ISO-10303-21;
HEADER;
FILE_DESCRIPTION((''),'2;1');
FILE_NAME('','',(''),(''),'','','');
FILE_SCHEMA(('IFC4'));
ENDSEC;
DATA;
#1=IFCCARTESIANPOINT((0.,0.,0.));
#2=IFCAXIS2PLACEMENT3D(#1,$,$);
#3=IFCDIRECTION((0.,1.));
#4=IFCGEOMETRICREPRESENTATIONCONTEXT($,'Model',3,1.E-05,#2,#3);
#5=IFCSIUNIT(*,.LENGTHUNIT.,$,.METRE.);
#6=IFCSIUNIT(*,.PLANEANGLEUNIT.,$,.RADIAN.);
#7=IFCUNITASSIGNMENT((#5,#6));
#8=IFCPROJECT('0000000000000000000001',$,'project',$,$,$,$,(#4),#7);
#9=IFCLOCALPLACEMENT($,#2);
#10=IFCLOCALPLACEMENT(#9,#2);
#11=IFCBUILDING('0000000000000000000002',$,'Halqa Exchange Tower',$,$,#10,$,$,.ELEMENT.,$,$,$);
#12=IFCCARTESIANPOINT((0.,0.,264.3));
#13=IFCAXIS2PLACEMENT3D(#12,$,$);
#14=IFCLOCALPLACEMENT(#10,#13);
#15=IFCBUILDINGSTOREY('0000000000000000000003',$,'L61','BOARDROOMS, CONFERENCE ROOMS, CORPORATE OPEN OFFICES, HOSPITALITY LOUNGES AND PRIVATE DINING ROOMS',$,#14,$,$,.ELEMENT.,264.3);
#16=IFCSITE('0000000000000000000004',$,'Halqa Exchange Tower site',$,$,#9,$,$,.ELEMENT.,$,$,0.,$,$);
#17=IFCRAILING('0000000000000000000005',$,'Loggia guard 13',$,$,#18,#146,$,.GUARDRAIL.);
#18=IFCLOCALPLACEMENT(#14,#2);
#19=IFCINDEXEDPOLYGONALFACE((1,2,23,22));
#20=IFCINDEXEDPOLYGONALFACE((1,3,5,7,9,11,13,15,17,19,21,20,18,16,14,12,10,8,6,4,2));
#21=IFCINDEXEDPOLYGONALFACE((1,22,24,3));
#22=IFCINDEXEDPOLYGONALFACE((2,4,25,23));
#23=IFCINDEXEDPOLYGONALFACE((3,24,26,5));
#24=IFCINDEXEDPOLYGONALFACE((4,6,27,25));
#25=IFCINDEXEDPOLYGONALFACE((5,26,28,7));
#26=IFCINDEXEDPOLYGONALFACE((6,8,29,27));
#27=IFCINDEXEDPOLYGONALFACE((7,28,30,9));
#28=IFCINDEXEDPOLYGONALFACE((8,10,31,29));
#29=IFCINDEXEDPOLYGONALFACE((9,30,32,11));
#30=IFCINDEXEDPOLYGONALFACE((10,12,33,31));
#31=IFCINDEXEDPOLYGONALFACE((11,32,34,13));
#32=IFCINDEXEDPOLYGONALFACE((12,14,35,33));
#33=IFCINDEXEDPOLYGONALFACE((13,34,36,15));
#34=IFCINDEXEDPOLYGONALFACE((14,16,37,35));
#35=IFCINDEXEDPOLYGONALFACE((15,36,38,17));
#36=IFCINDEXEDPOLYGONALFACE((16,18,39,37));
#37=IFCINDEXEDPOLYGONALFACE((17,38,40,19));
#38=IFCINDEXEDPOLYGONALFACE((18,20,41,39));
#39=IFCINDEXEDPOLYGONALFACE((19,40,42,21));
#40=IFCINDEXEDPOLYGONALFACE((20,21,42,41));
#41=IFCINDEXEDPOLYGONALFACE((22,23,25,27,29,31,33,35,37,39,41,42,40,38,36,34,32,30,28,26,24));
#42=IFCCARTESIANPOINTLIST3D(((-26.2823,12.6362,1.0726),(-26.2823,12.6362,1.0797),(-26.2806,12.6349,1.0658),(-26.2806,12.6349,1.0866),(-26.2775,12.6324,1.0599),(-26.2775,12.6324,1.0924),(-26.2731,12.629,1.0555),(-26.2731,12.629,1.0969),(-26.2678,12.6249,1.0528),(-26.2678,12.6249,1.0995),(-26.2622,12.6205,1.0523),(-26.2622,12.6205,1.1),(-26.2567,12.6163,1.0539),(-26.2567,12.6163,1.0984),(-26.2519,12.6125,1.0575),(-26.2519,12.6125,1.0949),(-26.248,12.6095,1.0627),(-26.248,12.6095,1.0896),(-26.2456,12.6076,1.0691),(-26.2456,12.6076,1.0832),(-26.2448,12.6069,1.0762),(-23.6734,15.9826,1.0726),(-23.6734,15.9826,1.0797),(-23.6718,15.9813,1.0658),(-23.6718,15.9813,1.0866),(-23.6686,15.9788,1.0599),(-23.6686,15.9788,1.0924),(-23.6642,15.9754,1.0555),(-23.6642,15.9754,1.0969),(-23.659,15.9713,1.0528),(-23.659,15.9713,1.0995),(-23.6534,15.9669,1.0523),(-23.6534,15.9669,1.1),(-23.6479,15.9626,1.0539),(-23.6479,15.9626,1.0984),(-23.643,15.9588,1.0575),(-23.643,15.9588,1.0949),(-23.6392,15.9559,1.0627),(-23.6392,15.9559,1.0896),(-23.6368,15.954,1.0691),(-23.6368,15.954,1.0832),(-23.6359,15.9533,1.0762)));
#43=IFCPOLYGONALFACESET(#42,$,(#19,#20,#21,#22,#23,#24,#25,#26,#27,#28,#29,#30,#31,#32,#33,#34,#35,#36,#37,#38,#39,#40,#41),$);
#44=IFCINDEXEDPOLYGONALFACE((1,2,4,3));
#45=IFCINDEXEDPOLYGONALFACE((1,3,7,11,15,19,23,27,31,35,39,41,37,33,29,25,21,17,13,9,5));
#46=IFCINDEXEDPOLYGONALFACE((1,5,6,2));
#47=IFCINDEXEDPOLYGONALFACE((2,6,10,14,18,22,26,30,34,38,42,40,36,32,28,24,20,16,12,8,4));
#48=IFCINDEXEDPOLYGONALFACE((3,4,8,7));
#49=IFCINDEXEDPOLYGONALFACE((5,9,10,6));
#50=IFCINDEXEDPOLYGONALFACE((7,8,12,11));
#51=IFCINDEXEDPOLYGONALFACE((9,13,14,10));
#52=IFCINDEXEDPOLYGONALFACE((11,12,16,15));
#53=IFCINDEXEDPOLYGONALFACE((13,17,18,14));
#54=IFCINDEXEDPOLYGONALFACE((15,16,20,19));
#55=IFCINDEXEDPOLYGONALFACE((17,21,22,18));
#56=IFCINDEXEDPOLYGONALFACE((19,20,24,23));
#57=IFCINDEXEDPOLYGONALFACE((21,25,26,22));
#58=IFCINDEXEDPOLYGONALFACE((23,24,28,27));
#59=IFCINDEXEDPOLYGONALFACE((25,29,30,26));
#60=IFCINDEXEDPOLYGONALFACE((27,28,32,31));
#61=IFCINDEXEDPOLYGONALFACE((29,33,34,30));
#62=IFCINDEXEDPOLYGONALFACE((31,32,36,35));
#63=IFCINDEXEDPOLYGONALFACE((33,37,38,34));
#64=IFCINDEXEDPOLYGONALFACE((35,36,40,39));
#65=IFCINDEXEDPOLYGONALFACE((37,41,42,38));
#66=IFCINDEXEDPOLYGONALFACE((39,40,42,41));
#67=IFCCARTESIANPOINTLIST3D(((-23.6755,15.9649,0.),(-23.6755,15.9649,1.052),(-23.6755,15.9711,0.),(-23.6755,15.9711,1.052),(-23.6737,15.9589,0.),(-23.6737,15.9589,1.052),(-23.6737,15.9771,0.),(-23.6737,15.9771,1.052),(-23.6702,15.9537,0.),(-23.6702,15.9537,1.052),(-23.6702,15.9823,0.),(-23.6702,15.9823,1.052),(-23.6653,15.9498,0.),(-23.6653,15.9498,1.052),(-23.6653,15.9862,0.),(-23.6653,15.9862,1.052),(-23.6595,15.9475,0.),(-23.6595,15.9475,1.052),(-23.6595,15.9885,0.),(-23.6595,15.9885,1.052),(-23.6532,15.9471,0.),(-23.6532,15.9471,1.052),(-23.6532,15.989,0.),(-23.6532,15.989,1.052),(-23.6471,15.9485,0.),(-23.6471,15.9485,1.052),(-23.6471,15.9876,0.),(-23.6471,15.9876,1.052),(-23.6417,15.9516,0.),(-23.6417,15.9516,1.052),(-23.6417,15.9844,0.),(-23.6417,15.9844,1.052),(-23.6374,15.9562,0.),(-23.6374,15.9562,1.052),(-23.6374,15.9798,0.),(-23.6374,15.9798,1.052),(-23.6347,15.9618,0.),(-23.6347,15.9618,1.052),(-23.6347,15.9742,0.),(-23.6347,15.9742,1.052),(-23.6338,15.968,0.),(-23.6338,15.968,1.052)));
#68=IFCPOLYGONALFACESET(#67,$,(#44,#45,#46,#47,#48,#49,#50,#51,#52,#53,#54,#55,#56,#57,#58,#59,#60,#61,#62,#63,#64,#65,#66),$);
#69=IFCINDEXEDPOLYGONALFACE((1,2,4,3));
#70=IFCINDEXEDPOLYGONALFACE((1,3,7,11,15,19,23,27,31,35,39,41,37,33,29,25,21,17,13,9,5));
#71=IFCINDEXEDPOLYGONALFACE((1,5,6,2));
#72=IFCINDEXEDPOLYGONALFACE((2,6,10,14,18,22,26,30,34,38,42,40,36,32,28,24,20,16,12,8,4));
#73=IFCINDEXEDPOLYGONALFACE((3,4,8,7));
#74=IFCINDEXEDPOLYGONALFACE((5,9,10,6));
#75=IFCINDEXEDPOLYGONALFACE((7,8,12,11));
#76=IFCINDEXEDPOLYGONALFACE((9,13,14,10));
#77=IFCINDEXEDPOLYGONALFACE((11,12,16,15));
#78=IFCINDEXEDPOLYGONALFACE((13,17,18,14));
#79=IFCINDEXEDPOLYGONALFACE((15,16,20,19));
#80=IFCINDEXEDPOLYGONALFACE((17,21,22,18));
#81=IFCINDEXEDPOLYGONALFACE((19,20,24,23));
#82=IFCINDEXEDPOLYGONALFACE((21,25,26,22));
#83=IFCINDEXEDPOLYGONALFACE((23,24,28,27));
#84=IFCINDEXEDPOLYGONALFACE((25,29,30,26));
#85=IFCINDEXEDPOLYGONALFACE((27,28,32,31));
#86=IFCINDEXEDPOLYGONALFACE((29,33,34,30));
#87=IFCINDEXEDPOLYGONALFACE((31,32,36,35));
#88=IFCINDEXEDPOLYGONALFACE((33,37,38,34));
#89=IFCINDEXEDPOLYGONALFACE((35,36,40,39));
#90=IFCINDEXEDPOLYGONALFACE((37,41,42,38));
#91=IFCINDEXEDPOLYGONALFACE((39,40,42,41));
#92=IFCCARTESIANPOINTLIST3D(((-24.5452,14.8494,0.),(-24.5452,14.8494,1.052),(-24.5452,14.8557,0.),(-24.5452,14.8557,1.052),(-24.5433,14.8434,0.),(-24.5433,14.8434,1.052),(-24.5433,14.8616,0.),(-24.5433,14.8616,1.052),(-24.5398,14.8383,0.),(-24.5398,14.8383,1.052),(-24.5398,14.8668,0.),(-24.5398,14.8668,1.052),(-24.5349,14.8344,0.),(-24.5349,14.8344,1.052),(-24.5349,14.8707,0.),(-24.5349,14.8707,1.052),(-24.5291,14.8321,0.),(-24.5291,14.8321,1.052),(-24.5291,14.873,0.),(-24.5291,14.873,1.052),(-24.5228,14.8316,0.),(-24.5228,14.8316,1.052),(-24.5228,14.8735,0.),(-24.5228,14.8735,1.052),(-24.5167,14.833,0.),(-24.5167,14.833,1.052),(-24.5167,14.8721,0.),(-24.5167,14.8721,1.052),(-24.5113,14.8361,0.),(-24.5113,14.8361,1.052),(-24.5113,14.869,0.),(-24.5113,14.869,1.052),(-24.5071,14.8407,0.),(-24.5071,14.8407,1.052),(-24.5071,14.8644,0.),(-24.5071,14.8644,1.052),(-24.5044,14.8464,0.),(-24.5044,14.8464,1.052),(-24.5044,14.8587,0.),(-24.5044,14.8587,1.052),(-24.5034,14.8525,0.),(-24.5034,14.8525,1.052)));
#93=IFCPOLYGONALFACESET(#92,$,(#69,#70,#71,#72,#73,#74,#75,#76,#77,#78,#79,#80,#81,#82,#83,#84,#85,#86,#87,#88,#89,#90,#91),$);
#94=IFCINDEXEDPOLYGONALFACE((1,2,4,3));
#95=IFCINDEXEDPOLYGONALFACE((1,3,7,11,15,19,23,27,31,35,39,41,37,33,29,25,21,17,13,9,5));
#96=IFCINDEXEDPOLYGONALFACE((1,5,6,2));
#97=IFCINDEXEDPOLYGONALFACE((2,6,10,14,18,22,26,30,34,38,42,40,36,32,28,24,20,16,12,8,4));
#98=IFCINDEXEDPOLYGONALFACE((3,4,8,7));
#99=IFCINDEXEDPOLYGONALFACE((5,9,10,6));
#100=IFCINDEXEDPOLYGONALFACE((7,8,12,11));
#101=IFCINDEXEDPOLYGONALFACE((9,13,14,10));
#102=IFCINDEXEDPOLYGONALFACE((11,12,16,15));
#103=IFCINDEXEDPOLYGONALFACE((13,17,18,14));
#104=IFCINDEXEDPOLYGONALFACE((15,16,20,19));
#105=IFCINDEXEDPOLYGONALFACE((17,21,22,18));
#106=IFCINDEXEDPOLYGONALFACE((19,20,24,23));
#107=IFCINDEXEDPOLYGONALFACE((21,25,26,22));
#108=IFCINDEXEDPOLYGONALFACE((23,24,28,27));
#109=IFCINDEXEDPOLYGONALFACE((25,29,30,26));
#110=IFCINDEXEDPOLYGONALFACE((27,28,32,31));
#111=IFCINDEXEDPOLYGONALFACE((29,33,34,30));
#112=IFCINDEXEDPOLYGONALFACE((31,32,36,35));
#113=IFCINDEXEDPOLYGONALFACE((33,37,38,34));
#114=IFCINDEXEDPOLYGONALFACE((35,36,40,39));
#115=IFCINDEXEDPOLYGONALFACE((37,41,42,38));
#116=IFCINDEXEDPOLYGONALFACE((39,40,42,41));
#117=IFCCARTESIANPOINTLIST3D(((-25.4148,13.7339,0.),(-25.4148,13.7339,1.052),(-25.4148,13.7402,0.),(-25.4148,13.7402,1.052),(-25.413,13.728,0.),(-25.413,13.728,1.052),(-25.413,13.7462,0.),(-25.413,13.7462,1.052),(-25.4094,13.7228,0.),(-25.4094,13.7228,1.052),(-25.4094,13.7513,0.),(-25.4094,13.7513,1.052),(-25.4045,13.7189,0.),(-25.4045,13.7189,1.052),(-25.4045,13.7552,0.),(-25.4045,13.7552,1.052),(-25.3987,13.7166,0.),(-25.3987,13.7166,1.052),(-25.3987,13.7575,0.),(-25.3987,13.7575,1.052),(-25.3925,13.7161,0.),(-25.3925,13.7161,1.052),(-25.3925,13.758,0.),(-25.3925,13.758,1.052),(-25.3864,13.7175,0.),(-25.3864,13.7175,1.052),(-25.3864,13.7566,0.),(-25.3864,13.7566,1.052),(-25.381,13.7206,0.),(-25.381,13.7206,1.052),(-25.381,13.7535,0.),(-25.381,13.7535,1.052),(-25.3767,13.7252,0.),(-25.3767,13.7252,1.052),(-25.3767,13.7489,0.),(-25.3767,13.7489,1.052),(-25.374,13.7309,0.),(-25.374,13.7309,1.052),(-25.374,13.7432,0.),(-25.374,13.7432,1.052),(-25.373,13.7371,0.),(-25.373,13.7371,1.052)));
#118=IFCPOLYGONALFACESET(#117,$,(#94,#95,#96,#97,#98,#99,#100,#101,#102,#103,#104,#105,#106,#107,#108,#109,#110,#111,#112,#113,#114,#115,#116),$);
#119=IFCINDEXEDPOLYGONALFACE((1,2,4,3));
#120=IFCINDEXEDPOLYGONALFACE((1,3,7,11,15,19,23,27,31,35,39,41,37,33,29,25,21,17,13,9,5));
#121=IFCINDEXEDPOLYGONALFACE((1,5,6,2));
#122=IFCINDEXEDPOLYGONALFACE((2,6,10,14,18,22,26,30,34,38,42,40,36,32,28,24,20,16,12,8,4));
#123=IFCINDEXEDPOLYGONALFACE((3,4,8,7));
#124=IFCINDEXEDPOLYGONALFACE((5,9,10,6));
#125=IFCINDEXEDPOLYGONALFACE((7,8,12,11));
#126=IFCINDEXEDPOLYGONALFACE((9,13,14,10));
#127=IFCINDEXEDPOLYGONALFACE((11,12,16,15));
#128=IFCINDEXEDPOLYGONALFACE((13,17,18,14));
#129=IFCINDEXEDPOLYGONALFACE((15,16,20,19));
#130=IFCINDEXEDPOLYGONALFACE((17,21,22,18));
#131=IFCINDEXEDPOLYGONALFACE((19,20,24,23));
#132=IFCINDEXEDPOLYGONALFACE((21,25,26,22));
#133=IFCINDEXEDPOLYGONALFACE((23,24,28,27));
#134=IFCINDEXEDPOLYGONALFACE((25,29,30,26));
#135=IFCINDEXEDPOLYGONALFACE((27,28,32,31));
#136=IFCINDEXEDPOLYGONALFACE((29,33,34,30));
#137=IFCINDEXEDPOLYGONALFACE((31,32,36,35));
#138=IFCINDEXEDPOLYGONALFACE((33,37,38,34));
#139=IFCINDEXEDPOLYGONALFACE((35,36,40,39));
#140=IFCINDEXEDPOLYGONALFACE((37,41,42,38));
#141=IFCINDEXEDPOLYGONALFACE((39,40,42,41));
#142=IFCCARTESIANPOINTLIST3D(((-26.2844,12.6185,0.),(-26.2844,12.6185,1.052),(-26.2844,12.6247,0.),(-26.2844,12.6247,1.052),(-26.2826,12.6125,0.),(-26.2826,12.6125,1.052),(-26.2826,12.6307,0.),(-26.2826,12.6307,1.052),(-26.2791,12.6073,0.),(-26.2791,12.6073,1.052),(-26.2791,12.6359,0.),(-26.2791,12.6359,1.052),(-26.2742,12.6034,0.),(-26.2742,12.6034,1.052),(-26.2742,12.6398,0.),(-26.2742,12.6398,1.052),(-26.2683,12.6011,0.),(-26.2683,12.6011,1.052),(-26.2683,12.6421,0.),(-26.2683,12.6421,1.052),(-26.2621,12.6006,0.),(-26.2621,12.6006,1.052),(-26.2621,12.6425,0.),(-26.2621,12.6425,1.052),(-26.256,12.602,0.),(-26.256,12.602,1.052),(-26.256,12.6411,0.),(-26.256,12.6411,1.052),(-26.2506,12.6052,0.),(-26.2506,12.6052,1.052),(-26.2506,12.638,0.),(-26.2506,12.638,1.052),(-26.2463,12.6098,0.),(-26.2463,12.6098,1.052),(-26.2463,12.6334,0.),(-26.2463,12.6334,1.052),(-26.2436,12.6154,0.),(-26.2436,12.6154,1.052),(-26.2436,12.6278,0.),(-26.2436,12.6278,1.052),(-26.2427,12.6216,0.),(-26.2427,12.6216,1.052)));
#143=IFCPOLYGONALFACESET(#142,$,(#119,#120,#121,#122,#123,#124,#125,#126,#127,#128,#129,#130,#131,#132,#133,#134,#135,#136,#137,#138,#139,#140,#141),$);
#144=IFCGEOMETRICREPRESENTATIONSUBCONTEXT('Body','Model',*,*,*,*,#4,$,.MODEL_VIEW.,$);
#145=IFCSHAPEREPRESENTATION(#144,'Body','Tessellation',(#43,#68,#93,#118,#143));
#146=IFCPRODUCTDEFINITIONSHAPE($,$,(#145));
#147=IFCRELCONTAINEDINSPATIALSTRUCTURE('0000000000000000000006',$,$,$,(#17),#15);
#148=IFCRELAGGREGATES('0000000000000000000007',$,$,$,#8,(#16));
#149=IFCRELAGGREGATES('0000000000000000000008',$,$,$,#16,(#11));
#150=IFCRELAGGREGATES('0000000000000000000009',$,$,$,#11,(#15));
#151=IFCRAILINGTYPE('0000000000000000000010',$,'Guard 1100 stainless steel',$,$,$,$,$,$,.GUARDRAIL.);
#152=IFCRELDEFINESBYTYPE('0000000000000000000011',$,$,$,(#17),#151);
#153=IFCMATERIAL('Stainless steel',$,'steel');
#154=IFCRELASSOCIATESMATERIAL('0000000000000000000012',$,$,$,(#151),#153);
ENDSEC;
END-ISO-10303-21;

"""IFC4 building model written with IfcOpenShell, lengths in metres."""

from ifc_helpers import new_model, si_unit, direction, frame, origin, origin_2d, place, context, subcontext, project, spatial, circle, extrude, material, type_object, element, save


model = new_model("IFC4")

# Units and contexts
model_context = context("Model", 3, precision=1e-05, world=origin(), true_north=direction((0.0, 1.0)))
body_context = subcontext(model_context, "Body", "Model", "MODEL_VIEW")
ifc_project = project(units=[si_unit("LENGTHUNIT", "METRE"), si_unit("PLANEANGLEUNIT", "RADIAN")], contexts=[model_context])

# Site, building, storey
site_placement = place(None, origin())
site = spatial("IfcSite", under=ifc_project, at=site_placement, Name="Halqa Exchange Tower site", CompositionType="ELEMENT", RefElevation=0.0)
building_placement = place(site_placement, origin())
building = spatial("IfcBuilding", under=site, at=building_placement, Name="Halqa Exchange Tower", CompositionType="ELEMENT")
storey_placement = place(building_placement, frame((0.0, 0.0, 264.3)))
storey = spatial("IfcBuildingStorey", under=building, at=storey_placement, Name="L61", Description="BOARDROOMS, CONFERENCE ROOMS, CORPORATE OPEN OFFICES, HOSPITALITY LOUNGES AND PRIVATE DINING ROOMS", CompositionType="ELEMENT", Elevation=264.3)

# Railing
ifc_material_1 = material(Name="Stainless steel", Category="steel")
railing_type = type_object("IfcRailingType", Name="Guard 1100 stainless steel", PredefinedType="GUARDRAIL", material=ifc_material_1)
railing_1_placement = place(storey_placement, frame((-23.6548, 15.968, 0.0)))
element("IfcRailing", 1, at=railing_1_placement, inside=storey, type_object=railing_type, Name="Loggia guard 13", PredefinedType="GUARDRAIL", context=body_context, shape_type="SweptSolid", body=[
    extrude(circle(Radius=0.0239, at=origin_2d()), frame((0.0, 0.0, 1.0762), z_axis=(-0.614836, -0.788655, 0.0), x_axis=(0.788655, -0.614836, 0.0)), (0.0, 0.0, 1.0), 4.2432),
    extrude(circle(Radius=0.021, at=origin_2d()), origin(), (0.0, 0.0, 1.0), 1.052),
    extrude(circle(Radius=0.021, at=origin_2d()), frame((-0.8696, -1.1155, 0.0)), (0.0, 0.0, 1.0), 1.052),
    extrude(circle(Radius=0.021, at=origin_2d()), frame((-1.7393, -2.231, 0.0)), (0.0, 0.0, 1.0), 1.052),
    extrude(circle(Radius=0.021, at=origin_2d()), frame((-2.6089, -3.3464, 0.0)), (0.0, 0.0, 1.0), 1.052),
])

save(model, "model.ifc")
